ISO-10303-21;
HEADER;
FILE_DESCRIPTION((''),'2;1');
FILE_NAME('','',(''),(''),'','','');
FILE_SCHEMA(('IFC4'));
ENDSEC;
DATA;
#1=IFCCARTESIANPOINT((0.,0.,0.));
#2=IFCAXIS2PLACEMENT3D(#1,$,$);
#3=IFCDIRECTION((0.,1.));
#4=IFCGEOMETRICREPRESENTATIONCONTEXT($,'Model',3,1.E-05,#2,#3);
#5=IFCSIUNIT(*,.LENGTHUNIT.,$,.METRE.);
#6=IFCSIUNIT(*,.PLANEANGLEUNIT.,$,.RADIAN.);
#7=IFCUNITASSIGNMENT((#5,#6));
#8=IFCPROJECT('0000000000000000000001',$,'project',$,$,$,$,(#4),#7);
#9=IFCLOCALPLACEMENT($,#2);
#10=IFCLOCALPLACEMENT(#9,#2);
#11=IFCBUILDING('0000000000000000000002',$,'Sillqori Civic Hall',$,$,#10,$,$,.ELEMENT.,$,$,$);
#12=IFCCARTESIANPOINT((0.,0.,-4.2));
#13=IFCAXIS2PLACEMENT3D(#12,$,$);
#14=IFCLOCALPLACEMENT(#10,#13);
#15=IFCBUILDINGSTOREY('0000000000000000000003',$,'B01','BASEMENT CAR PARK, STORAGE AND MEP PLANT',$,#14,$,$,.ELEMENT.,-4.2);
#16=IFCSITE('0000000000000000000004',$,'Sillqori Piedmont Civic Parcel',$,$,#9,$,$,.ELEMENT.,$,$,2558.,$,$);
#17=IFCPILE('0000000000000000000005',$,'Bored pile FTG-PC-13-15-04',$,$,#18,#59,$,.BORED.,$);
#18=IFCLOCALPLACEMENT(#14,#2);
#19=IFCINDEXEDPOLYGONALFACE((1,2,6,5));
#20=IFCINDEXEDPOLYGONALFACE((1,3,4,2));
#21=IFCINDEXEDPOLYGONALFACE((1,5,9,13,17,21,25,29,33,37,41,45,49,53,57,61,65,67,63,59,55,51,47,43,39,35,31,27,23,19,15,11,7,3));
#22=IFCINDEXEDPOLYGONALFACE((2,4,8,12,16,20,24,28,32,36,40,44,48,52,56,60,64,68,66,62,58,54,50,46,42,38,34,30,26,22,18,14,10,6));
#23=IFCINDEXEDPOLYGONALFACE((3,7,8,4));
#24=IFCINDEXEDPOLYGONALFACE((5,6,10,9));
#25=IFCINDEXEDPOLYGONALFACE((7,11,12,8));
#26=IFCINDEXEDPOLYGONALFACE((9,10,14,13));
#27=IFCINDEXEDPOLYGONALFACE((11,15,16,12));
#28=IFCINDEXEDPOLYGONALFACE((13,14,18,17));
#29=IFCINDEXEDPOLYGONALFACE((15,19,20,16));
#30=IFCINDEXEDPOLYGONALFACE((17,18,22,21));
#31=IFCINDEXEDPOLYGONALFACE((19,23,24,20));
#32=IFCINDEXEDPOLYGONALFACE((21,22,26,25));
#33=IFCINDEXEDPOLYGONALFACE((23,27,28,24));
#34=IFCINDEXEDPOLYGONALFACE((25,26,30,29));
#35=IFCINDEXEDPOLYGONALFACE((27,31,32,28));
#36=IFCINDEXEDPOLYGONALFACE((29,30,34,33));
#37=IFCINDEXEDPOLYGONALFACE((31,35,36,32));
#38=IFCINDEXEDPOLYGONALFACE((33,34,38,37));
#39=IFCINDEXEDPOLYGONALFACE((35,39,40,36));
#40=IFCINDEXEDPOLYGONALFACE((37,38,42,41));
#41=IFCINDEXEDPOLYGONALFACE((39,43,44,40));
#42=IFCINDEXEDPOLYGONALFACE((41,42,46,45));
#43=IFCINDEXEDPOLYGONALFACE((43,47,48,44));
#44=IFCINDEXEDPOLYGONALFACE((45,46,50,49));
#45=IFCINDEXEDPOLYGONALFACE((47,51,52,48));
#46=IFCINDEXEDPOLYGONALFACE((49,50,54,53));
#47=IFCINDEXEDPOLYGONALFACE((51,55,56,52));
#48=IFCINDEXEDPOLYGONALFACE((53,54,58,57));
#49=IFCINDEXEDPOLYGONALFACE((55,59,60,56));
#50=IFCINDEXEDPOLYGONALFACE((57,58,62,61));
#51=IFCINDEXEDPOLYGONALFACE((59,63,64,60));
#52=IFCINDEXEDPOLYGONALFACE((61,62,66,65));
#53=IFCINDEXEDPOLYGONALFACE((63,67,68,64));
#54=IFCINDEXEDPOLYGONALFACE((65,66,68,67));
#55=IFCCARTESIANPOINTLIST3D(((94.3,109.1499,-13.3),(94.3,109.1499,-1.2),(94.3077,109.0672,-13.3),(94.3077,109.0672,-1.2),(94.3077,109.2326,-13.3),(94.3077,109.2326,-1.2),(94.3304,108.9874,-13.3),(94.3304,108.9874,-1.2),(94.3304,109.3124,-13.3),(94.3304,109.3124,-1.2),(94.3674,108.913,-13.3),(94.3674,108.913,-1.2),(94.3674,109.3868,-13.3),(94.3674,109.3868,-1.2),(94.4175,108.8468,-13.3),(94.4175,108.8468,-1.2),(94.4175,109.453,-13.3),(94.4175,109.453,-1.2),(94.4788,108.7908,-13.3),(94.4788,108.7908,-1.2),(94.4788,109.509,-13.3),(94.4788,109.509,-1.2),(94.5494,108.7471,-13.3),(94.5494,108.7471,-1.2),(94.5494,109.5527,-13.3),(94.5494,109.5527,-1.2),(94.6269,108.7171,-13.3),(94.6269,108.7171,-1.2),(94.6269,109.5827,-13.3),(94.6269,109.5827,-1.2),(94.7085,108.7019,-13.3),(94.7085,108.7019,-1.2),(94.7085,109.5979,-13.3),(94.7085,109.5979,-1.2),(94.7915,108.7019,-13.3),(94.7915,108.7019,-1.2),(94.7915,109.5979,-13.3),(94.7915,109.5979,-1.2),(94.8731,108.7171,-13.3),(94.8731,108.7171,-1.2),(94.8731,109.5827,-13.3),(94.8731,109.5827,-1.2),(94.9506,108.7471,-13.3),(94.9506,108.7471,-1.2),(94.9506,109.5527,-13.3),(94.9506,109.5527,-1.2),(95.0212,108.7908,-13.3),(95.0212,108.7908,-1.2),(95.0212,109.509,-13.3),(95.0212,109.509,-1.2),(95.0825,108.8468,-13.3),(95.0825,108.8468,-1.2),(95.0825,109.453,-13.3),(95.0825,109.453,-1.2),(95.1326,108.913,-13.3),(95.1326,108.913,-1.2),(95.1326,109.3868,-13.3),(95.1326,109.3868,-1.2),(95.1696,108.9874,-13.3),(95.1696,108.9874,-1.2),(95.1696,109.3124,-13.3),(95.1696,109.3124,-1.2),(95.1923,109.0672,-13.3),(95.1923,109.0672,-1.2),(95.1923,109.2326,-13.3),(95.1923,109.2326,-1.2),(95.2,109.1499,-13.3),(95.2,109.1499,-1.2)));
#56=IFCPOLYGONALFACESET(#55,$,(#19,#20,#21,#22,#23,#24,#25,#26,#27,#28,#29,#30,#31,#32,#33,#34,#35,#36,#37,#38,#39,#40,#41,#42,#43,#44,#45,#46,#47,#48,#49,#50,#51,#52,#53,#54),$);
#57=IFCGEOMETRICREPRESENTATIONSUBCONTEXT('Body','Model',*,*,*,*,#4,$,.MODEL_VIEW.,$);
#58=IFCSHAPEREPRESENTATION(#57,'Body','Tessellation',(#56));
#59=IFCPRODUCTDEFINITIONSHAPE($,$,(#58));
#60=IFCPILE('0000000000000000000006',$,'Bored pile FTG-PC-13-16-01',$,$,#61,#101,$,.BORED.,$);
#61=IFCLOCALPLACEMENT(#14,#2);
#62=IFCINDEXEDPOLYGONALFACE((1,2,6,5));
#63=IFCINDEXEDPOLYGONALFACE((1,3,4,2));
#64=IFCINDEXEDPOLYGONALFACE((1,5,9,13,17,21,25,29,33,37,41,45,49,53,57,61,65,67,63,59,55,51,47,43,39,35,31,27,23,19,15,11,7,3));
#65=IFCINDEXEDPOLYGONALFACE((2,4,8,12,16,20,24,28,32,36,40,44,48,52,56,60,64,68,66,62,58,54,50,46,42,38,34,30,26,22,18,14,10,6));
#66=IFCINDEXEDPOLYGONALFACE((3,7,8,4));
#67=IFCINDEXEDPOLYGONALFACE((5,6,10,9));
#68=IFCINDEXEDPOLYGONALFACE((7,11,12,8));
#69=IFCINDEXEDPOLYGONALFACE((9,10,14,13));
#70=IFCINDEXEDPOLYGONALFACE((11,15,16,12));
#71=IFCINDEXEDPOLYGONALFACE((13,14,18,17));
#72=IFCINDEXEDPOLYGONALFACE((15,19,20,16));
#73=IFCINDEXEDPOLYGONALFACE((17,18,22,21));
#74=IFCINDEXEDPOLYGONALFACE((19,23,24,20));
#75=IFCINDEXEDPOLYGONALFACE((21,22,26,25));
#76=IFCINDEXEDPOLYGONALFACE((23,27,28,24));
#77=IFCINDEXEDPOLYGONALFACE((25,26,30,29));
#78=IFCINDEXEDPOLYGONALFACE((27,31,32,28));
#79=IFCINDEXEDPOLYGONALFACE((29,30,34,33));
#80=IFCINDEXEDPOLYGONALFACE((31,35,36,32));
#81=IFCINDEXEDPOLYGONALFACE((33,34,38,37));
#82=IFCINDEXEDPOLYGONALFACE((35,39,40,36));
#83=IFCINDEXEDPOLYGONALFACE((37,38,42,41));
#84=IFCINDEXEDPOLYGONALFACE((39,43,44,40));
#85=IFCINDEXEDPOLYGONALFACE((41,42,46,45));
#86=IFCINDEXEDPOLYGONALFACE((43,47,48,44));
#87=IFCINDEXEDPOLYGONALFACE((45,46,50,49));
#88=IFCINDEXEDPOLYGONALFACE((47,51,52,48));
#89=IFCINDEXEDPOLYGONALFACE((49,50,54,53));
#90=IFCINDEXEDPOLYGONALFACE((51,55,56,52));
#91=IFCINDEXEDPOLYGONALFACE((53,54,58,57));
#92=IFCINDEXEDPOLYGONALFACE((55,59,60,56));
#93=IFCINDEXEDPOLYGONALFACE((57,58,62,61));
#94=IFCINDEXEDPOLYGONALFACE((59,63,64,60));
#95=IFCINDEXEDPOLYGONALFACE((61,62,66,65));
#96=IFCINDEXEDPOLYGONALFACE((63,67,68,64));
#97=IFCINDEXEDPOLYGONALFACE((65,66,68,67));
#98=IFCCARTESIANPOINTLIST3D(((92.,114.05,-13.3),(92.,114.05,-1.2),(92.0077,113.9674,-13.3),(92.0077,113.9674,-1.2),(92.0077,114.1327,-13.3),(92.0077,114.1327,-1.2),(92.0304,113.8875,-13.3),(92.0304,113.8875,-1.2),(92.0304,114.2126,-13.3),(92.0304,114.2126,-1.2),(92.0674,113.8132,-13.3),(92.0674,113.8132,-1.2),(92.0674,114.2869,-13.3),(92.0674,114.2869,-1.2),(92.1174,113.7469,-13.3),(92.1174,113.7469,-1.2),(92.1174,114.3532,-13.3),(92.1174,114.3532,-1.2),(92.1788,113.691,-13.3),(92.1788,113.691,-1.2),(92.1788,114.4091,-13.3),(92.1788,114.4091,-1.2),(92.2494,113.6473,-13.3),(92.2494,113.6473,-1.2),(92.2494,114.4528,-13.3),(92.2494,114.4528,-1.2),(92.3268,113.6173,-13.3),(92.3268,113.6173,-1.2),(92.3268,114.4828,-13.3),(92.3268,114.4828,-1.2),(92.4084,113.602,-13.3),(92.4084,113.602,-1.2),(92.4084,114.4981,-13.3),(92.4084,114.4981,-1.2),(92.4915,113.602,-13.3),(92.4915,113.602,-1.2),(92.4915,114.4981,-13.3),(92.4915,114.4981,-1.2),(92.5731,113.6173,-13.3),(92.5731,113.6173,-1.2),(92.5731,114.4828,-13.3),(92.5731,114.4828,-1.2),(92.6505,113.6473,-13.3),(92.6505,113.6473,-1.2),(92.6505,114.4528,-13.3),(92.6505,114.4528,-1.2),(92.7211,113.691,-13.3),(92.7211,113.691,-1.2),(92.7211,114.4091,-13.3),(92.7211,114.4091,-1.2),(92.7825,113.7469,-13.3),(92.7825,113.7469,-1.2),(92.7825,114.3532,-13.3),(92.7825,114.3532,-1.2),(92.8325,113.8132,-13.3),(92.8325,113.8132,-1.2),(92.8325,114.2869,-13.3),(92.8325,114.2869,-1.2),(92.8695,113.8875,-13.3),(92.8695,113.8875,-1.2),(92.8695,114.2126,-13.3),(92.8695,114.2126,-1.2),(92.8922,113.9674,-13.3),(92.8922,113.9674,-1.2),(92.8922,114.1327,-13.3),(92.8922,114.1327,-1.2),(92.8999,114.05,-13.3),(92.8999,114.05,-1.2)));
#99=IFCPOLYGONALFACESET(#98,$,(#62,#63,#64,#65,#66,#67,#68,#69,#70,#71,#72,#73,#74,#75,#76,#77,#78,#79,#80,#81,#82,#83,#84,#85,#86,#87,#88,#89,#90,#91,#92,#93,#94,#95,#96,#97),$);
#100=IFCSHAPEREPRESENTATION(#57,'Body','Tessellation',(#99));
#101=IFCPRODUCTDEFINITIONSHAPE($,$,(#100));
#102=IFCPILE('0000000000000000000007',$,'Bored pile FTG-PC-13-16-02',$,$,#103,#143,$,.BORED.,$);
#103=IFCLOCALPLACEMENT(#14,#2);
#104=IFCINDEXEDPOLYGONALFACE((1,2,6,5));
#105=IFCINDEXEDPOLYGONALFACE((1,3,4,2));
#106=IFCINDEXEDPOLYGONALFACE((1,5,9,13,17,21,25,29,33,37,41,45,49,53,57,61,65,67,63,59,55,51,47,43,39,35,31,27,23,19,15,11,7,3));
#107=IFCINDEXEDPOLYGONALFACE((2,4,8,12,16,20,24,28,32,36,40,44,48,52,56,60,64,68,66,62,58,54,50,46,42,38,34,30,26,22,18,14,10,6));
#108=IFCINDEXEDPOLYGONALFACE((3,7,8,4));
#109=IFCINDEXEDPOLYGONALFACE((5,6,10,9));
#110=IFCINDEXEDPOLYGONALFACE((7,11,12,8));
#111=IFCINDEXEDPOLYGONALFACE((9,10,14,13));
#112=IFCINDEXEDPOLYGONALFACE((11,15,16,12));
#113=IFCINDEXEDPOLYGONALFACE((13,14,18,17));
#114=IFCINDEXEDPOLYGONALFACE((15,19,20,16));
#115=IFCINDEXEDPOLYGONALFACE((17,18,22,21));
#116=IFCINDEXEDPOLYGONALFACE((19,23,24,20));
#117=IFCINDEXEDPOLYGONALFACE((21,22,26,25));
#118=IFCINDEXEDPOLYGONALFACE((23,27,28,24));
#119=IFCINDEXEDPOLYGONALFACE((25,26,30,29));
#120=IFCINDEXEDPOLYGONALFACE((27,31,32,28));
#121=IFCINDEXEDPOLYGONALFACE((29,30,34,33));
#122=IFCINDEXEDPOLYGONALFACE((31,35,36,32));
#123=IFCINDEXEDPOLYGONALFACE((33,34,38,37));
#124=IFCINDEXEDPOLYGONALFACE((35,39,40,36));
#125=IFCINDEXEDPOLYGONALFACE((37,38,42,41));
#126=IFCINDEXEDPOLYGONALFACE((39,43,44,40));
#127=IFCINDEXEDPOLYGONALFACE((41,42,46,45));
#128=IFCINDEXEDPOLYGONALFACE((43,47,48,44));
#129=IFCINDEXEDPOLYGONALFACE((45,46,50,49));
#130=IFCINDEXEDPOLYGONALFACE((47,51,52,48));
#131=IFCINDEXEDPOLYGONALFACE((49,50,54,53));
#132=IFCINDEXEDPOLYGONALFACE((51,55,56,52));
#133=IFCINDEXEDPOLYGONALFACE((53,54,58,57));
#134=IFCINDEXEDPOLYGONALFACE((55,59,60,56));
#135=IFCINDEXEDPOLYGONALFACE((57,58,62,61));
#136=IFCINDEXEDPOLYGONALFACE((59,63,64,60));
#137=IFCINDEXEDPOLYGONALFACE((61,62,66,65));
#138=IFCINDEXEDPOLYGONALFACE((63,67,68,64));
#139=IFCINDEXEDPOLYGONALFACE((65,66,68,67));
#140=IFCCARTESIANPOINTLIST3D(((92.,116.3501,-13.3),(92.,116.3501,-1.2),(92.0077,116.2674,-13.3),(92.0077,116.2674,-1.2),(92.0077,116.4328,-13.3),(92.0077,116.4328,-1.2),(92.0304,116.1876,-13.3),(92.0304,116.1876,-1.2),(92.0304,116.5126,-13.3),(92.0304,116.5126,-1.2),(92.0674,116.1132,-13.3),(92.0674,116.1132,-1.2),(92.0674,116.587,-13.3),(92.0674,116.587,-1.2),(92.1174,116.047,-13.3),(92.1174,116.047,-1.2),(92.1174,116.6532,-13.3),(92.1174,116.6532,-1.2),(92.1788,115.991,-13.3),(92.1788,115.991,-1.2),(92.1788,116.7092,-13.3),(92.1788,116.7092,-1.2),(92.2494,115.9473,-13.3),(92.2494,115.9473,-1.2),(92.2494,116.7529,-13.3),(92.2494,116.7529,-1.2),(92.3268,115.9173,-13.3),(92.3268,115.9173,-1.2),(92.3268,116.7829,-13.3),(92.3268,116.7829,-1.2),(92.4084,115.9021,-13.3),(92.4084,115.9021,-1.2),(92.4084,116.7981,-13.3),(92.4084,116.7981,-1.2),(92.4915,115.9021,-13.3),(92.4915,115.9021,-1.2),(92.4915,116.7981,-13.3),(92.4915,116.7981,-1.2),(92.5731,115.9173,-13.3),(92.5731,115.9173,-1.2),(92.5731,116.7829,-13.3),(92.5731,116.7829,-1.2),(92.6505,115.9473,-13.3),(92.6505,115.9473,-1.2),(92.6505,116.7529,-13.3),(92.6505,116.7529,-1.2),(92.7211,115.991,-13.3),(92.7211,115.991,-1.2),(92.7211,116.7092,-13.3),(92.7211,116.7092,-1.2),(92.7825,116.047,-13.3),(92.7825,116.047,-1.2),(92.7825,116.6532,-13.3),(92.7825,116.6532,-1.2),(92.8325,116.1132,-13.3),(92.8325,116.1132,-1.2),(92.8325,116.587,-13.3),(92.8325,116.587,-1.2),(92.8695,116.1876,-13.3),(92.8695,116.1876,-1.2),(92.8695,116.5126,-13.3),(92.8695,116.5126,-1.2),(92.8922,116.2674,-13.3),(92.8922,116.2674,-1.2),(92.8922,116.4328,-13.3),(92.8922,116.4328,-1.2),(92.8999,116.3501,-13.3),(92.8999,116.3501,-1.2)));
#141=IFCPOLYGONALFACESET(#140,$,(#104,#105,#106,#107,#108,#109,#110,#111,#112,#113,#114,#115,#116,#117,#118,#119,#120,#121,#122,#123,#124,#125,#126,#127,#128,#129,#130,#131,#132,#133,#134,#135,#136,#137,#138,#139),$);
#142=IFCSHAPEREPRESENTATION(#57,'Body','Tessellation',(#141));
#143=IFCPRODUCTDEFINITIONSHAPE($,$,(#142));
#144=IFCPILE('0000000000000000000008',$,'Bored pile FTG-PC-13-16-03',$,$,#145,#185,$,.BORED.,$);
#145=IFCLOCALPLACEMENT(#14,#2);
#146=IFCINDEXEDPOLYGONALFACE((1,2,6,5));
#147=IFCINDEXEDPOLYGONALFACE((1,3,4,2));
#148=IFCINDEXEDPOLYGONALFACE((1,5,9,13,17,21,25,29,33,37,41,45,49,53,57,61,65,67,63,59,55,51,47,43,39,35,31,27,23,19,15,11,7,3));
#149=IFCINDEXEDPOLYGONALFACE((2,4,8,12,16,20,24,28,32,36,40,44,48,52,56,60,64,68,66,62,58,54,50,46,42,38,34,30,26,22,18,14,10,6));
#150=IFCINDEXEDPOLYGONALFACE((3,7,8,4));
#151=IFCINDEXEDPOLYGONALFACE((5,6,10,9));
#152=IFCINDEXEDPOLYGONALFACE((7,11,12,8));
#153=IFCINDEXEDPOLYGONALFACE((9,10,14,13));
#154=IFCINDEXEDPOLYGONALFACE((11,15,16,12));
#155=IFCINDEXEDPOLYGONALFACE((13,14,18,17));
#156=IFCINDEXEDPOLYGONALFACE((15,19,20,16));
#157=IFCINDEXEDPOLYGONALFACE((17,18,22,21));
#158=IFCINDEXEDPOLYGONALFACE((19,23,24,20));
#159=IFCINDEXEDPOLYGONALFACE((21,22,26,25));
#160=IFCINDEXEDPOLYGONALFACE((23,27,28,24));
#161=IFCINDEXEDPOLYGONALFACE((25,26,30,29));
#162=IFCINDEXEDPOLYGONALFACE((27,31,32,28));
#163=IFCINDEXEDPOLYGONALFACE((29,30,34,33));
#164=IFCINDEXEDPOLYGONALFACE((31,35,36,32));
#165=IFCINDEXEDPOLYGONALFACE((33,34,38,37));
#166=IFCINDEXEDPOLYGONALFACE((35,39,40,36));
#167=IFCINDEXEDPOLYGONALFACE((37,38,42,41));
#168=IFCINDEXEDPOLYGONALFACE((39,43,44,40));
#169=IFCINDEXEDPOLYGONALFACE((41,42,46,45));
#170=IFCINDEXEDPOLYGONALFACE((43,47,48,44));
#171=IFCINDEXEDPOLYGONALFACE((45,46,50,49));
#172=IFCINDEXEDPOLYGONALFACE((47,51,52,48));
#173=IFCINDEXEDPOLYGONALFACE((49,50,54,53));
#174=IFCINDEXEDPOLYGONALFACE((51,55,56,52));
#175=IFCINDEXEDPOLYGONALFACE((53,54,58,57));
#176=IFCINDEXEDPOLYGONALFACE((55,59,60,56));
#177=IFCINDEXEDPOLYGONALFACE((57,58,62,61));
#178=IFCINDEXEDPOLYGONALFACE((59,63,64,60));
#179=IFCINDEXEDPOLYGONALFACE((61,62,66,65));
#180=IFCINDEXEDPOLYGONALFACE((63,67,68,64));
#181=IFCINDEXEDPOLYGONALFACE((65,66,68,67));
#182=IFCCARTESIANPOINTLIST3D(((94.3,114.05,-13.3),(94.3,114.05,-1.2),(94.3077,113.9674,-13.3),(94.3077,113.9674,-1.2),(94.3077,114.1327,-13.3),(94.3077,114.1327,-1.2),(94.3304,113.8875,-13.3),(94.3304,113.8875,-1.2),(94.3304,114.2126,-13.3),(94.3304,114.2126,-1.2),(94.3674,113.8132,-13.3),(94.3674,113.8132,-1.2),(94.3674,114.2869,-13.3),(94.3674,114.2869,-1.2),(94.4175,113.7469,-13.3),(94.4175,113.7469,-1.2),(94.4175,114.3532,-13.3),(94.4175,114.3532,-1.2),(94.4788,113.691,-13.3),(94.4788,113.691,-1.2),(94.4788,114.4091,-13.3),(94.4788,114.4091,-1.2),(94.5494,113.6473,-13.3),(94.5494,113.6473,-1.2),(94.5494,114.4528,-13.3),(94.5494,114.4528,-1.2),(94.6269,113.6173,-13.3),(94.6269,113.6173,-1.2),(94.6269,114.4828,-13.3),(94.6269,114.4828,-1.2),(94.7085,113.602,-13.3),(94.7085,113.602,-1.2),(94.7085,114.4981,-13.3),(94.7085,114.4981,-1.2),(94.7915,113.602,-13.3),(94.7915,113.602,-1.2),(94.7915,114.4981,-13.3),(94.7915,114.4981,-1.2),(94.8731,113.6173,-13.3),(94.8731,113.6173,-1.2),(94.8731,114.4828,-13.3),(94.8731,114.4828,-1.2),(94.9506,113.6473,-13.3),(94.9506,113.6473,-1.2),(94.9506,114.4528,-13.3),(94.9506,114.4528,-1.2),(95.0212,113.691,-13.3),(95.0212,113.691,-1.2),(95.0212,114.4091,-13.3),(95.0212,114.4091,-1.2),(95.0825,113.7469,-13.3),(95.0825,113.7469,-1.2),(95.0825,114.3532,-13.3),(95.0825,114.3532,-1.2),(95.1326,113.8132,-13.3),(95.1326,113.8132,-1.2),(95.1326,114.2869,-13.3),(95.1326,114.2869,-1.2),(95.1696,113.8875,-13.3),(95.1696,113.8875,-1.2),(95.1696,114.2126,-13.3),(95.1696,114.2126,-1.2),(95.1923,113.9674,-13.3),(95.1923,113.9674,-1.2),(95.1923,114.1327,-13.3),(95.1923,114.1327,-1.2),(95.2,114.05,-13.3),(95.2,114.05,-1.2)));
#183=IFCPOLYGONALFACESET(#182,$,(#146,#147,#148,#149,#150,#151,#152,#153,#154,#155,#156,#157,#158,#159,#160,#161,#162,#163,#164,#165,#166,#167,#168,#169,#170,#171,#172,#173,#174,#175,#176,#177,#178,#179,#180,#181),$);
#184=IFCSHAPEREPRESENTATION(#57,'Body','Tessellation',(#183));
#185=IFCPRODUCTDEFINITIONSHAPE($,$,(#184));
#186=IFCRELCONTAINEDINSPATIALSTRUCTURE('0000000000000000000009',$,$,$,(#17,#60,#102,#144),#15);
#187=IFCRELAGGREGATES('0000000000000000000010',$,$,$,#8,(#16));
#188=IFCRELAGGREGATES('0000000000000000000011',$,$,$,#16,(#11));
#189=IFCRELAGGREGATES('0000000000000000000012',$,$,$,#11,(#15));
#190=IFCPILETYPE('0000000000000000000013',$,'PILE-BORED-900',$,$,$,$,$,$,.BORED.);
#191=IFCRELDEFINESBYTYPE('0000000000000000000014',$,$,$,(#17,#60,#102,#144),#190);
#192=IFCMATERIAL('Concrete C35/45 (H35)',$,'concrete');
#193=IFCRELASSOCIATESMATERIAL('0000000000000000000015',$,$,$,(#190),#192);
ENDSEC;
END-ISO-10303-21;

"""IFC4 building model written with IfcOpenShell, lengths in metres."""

from ifc_helpers import new_model, si_unit, direction, frame, origin, origin_2d, place, context, subcontext, project, spatial, circle, extrude, material, material_profile, profile_set, type_object, element, save


model = new_model("IFC4")

# Units and contexts
model_context = context("Model", 3, precision=1e-05, world=origin(), true_north=direction((0.0, 1.0)))
body_context = subcontext(model_context, "Body", "Model", "MODEL_VIEW")
ifc_project = project(units=[si_unit("LENGTHUNIT", "METRE"), si_unit("PLANEANGLEUNIT", "RADIAN")], contexts=[model_context])

# Site, building, storey
site_placement = place(None, origin())
site = spatial("IfcSite", under=ifc_project, at=site_placement, Name="Sillqori Piedmont Civic Parcel", CompositionType="ELEMENT", RefElevation=2558.0)
building_placement = place(site_placement, origin())
building = spatial("IfcBuilding", under=site, at=building_placement, Name="Sillqori Civic Hall", CompositionType="ELEMENT")
storey_placement = place(building_placement, frame((0.0, 0.0, -4.2)))
storey = spatial("IfcBuildingStorey", under=building, at=storey_placement, Name="B01", Description="BASEMENT CAR PARK, STORAGE AND MEP PLANT", CompositionType="ELEMENT", Elevation=-4.2)

# Shared definitions
ifc_material_1 = material(Name="Concrete C35/45 (H35)", Category="concrete")

# Piles
ifc_material_profile_1 = material_profile(ifc_material_1, circle(Radius=0.45, at=origin_2d()), Name="BORED PILE 900")
ifc_profile_set_1 = profile_set([ifc_material_profile_1], Name="Concrete C35/45 (H35)")
pile_type = type_object("IfcPileType", Name="PILE-BORED-900", PredefinedType="BORED", material=ifc_profile_set_1)
for number, where, z_axis, x_axis, name in (
    (1, (94.75, 109.1499, -1.2), (0.0, 0.0, -1.0), (1.0, 0.0, 0.0), "Bored pile FTG-PC-13-15-04"),
    (2, (92.45, 114.05, -1.2), (0.0, 0.0, -1.0), (1.0, 0.0, 0.0), "Bored pile FTG-PC-13-16-01"),
    (3, (92.45, 116.3501, -1.2), (0.0, 0.0, -1.0), (1.0, 0.0, 0.0), "Bored pile FTG-PC-13-16-02"),
    (4, (94.75, 114.05, -1.2), (0.0, 0.0, -1.0), (1.0, 0.0, 0.0), "Bored pile FTG-PC-13-16-03"),
):
    element("IfcPile", number, at=place(storey_placement, frame(where, z_axis=z_axis, x_axis=x_axis)), inside=storey, type_object=pile_type, Name=name, PredefinedType="BORED", context=body_context, shape_type="SweptSolid", body=[
        extrude(circle(Radius=0.45, at=origin_2d()), origin(), (0.0, 0.0, 1.0), 12.1001),
    ])

save(model, "model.ifc")
